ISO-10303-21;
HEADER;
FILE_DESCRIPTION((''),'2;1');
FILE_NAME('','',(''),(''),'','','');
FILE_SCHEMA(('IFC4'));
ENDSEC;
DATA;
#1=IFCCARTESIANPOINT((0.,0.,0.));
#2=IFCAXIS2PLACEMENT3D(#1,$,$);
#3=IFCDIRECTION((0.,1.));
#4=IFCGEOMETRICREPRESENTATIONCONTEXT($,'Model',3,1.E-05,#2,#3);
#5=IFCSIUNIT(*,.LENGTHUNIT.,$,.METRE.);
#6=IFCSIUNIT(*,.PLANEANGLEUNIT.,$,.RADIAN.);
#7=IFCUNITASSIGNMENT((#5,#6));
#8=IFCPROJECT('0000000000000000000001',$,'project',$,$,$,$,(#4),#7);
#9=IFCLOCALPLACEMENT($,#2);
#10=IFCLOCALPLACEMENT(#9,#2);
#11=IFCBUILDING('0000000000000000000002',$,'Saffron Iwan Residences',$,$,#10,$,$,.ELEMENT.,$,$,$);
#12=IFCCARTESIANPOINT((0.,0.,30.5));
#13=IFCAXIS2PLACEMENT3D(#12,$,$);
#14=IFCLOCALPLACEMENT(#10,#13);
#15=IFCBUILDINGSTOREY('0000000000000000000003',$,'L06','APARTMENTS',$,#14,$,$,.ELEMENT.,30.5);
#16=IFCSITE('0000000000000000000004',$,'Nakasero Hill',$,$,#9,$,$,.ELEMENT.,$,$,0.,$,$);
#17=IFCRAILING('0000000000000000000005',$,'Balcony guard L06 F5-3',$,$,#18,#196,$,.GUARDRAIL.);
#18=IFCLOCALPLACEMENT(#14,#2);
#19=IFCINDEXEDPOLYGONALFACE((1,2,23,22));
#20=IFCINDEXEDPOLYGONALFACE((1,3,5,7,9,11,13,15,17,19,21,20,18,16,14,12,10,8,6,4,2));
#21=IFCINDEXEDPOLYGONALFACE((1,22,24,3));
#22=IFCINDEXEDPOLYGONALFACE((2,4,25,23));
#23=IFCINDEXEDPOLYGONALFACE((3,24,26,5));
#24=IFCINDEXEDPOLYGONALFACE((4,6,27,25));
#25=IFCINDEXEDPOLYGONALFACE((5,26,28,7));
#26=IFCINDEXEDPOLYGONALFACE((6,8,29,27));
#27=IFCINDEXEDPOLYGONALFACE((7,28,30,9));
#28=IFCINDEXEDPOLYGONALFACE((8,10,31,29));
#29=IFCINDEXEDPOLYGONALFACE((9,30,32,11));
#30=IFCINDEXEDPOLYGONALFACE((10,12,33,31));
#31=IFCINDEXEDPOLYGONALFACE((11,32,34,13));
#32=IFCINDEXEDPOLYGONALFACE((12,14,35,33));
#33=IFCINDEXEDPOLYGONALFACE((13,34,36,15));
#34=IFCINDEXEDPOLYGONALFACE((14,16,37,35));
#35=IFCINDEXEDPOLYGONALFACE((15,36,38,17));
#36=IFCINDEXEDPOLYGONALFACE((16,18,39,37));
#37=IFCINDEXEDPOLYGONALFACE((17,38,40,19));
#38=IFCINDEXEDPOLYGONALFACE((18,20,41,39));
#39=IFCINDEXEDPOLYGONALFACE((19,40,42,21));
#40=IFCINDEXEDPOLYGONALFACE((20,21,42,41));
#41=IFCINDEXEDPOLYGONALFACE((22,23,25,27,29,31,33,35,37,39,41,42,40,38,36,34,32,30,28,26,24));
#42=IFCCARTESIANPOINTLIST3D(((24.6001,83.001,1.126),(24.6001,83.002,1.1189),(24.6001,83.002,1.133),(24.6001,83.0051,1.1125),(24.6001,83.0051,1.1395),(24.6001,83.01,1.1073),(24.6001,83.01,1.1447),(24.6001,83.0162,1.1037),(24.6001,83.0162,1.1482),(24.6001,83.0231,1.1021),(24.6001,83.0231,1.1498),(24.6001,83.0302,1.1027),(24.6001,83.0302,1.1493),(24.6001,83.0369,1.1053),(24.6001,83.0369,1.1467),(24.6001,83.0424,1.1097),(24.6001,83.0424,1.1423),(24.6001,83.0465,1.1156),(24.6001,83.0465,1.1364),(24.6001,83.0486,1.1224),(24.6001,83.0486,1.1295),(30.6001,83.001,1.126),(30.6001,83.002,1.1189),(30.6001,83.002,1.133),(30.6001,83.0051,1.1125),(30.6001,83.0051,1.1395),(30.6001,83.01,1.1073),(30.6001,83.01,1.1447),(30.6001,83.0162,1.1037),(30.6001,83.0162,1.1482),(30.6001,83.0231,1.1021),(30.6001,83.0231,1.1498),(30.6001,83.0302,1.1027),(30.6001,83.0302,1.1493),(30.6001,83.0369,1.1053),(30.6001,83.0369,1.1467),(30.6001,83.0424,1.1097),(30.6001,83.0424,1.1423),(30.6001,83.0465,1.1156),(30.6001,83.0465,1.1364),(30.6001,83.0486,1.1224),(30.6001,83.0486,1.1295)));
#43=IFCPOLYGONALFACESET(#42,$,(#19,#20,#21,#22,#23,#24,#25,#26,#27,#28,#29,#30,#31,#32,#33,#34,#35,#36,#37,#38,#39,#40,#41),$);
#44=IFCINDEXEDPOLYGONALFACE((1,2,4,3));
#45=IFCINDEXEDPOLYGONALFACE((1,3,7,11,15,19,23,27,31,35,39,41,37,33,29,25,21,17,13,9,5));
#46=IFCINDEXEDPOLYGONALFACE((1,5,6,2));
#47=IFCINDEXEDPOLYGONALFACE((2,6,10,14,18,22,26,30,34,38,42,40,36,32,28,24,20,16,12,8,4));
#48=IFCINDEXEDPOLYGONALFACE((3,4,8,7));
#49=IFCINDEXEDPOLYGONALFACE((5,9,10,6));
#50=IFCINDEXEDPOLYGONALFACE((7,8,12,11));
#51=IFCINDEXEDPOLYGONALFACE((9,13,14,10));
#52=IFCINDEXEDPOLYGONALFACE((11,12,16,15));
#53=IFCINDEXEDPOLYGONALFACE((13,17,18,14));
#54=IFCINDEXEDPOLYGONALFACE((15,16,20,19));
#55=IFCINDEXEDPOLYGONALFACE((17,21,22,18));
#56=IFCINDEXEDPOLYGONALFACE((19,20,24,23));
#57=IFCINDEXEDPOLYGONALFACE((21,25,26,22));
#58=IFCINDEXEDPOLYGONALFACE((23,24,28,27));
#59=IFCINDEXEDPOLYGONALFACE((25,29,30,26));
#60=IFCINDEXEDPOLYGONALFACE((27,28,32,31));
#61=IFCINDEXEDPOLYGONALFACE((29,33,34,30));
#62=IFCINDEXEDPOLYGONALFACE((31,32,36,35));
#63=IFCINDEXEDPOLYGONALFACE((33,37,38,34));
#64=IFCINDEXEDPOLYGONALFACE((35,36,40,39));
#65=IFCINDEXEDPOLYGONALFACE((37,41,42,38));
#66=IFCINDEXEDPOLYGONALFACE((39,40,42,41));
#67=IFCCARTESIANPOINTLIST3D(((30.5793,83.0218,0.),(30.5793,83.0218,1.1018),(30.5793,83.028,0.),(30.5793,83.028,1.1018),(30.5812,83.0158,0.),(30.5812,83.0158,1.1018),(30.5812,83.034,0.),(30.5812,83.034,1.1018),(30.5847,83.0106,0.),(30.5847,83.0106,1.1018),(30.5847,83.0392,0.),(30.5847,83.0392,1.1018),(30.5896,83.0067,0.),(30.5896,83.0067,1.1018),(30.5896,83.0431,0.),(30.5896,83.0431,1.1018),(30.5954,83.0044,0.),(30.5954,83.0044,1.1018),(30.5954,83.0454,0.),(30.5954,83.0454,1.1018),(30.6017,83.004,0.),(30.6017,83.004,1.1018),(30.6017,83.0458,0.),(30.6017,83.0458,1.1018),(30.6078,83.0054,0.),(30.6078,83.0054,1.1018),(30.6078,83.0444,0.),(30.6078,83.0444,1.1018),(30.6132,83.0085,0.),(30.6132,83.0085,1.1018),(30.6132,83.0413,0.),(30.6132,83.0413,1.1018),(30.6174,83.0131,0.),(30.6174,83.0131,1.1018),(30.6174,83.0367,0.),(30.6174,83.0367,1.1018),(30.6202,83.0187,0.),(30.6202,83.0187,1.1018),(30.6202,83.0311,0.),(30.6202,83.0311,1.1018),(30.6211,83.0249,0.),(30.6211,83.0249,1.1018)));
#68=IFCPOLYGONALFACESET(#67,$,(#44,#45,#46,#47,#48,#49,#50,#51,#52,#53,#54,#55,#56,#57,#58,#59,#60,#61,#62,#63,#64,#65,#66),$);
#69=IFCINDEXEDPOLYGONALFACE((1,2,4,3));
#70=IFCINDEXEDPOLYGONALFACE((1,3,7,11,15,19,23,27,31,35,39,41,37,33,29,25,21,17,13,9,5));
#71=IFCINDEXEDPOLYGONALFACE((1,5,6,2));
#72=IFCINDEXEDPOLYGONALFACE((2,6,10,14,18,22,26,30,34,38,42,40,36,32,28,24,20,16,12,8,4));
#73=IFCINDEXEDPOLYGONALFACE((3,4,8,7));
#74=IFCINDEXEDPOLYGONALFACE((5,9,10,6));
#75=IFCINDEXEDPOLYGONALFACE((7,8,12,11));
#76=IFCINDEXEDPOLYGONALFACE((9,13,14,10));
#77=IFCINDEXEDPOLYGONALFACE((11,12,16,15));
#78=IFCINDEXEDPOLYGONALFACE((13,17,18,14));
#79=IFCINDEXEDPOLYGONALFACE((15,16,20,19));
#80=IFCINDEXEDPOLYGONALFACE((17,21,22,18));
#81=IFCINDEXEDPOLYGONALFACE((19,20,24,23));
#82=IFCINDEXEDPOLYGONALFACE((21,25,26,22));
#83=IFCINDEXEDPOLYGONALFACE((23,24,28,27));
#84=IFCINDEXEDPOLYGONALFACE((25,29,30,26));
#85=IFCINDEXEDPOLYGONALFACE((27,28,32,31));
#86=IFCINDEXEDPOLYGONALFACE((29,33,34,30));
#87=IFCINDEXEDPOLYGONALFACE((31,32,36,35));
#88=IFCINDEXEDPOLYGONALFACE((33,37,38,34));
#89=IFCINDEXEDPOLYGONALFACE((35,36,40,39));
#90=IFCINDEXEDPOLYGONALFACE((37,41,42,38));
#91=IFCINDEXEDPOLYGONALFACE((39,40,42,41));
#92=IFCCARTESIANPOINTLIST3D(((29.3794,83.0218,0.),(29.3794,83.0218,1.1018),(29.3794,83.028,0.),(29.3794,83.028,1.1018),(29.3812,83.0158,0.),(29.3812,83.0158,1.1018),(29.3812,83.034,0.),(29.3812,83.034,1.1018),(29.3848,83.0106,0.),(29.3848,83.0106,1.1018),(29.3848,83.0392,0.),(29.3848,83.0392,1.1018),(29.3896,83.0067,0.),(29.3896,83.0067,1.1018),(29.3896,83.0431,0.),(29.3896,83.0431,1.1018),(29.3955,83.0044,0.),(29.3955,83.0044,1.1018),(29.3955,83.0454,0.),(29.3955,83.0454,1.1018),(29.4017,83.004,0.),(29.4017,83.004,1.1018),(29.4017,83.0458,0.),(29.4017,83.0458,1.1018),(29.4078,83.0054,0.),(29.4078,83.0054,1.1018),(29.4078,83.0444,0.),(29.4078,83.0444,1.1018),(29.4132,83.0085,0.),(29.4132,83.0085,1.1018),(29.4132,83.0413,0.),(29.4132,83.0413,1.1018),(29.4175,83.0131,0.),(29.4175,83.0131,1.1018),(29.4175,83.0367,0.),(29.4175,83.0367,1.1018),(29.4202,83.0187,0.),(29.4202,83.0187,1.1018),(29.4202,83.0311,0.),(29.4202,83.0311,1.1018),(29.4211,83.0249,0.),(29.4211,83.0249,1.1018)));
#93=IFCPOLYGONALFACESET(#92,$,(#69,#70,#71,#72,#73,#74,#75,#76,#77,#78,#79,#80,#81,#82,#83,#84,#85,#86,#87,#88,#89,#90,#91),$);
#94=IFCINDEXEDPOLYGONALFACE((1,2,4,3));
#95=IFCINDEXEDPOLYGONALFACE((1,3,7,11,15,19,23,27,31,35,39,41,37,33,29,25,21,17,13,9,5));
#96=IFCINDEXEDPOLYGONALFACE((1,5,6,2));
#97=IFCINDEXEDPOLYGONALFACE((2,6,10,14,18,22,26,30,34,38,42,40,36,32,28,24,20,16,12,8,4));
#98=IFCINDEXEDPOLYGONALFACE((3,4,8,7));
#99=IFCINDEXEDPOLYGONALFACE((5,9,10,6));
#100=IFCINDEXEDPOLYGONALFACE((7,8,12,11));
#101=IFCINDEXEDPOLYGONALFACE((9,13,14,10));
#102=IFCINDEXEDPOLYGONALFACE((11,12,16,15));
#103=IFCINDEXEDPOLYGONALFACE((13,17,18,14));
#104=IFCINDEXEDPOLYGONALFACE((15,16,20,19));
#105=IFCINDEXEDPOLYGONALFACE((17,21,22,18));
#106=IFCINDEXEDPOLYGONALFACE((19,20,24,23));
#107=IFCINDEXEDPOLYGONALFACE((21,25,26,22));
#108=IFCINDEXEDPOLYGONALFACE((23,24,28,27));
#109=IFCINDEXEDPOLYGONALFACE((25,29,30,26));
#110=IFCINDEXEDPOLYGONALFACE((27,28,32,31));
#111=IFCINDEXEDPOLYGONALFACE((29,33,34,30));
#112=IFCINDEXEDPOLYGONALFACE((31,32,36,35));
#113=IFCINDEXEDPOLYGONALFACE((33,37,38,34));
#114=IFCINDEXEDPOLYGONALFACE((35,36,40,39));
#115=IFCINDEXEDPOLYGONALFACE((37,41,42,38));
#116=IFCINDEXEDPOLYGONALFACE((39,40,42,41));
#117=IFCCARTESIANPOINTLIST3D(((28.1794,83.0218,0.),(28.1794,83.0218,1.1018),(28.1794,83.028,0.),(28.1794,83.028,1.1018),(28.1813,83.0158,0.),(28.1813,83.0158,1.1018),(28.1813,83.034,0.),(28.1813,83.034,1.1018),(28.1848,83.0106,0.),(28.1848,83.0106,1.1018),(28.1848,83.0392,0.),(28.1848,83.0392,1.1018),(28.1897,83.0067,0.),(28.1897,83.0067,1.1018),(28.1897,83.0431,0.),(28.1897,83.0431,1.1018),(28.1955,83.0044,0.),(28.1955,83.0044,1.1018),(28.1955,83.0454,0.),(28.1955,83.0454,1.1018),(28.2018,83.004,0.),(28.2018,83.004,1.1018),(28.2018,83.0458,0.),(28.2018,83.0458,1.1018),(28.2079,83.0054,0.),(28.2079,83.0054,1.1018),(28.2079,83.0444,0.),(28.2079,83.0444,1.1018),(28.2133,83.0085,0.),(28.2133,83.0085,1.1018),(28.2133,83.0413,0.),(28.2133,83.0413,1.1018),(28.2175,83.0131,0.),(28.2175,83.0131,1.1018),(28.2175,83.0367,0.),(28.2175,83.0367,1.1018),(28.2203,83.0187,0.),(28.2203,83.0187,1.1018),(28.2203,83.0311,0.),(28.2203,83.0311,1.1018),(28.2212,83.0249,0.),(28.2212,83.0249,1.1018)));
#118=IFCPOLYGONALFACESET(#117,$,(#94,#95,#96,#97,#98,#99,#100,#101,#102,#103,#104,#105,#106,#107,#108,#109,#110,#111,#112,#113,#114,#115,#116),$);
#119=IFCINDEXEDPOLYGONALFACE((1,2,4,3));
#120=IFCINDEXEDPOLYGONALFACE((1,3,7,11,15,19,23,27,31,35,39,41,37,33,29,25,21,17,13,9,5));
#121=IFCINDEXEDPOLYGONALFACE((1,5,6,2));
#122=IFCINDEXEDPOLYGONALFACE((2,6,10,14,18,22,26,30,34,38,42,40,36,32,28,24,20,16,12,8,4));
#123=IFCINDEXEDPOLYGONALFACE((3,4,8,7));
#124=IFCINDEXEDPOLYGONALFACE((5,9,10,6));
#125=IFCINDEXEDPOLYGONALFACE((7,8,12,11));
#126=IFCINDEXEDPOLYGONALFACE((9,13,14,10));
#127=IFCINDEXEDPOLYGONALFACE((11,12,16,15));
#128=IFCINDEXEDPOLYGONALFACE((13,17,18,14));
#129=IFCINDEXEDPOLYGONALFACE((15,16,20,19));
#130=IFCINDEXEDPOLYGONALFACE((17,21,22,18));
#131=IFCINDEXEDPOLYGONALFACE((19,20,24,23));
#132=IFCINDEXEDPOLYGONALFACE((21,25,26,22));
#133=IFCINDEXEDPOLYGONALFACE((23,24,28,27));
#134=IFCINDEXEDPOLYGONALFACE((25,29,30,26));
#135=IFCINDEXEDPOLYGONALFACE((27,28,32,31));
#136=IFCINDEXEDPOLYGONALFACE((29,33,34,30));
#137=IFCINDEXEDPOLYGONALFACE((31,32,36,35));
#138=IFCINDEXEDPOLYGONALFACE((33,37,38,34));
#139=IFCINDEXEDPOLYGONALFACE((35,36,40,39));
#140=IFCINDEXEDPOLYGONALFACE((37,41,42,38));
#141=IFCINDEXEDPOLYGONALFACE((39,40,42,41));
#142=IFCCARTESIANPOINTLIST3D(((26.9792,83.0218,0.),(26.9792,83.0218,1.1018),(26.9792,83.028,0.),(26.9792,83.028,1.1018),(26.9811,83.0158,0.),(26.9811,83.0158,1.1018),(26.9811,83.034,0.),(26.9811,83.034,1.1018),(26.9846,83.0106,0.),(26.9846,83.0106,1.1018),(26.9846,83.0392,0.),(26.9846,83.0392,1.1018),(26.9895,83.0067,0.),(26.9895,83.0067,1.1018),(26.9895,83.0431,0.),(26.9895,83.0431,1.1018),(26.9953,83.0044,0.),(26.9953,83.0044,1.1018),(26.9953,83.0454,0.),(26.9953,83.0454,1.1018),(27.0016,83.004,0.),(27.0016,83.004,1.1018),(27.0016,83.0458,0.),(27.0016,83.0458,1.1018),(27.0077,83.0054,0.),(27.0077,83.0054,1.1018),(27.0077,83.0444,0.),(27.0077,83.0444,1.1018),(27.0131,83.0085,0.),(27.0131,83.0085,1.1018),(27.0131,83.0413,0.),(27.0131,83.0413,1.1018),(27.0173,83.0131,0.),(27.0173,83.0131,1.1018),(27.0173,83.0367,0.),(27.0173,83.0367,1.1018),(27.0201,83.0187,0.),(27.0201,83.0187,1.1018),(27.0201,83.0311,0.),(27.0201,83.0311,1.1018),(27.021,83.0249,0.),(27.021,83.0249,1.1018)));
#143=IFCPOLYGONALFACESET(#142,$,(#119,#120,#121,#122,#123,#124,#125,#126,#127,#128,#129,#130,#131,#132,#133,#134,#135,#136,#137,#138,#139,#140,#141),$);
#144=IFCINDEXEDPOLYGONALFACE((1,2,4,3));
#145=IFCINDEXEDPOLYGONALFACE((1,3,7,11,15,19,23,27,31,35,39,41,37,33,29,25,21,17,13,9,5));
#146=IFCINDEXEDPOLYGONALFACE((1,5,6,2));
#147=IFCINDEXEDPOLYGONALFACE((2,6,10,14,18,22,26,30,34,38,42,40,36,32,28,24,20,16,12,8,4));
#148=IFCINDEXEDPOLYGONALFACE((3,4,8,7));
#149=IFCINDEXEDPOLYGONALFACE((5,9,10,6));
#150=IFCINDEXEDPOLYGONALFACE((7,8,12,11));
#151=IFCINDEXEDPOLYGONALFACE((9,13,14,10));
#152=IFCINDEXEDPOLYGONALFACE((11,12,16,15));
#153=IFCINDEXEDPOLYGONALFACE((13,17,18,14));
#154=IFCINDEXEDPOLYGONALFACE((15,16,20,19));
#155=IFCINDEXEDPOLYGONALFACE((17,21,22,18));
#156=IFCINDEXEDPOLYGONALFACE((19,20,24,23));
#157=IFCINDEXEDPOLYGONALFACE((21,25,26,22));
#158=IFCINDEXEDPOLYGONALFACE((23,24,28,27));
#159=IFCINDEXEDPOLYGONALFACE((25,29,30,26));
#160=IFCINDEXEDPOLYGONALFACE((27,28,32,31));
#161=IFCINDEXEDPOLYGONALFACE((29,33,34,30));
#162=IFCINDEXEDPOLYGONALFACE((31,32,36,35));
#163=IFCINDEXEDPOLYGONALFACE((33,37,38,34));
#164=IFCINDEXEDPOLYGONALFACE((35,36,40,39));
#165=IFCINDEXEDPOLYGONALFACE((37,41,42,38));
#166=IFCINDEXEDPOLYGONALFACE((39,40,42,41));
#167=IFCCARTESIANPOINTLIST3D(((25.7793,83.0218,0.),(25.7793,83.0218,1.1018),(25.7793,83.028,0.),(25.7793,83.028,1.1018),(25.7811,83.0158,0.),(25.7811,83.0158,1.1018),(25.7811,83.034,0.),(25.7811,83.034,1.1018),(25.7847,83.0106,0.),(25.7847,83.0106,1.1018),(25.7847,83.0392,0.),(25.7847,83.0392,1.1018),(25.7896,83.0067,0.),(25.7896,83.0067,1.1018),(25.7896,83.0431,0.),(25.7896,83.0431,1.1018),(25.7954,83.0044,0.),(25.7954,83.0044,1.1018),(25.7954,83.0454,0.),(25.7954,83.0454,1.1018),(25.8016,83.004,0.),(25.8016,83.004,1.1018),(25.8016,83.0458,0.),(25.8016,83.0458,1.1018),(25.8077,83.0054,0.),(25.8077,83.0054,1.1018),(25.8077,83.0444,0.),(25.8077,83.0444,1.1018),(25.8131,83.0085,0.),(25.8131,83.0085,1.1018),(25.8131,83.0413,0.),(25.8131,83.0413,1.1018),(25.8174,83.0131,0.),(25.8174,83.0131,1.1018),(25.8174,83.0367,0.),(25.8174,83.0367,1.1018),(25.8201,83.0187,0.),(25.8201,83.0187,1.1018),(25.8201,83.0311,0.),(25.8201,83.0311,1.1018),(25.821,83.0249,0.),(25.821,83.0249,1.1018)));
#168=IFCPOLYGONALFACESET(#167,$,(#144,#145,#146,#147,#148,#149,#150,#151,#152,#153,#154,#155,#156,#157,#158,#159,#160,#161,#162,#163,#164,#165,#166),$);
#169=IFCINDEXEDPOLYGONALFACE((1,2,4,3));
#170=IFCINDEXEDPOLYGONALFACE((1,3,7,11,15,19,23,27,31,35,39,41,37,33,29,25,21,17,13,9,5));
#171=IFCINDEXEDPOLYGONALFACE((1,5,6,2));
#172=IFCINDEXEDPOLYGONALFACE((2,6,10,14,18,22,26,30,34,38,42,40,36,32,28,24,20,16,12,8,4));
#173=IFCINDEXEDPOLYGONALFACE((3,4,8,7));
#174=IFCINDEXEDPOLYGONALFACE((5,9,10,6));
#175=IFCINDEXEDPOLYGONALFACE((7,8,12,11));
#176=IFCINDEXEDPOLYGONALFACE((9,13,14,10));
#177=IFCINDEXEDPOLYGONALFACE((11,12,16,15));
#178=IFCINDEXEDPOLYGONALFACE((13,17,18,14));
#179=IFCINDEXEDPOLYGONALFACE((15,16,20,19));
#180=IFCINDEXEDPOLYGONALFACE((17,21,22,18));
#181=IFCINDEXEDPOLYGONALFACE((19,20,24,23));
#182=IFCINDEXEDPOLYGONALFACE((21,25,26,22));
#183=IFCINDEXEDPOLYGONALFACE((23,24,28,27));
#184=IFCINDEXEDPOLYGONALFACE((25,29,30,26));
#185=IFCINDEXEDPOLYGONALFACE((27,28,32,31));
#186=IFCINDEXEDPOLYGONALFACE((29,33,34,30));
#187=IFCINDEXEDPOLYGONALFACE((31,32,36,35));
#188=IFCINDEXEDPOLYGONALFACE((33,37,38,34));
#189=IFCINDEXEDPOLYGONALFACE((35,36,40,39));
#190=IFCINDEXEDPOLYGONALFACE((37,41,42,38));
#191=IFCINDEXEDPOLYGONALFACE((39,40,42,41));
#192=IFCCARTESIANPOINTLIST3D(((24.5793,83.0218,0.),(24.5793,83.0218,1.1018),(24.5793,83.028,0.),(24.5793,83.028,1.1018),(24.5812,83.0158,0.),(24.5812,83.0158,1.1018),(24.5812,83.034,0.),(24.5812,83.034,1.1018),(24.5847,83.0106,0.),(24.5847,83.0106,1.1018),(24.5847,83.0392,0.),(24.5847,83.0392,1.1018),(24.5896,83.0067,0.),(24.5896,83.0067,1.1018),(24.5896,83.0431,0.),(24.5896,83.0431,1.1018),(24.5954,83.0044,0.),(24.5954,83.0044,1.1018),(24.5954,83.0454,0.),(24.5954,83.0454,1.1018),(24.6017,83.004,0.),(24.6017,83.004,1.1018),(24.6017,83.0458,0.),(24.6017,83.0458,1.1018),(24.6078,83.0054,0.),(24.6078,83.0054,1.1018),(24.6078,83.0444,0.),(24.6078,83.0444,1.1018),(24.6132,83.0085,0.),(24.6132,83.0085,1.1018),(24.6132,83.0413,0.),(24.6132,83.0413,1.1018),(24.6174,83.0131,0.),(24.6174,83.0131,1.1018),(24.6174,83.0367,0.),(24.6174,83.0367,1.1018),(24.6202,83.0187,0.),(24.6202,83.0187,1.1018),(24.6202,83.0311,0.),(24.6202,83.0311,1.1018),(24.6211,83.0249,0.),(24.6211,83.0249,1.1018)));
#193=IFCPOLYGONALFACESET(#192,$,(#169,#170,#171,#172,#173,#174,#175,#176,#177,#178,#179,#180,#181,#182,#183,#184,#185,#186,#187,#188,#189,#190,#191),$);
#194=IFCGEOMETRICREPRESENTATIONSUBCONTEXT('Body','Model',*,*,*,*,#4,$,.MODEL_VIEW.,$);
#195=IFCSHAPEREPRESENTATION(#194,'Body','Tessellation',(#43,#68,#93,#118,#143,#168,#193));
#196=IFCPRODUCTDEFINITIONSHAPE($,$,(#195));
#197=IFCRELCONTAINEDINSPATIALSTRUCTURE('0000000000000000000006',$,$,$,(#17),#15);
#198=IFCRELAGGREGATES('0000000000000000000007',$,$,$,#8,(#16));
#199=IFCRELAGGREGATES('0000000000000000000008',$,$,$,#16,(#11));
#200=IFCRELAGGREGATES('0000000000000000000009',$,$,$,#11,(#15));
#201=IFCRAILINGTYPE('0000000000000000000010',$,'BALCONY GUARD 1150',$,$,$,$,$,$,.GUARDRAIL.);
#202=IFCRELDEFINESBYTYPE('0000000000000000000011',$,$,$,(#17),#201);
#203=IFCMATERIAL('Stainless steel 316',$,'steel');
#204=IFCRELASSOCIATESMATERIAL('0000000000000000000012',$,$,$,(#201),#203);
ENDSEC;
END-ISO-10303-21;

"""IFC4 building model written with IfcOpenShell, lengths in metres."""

from ifc_helpers import new_model, si_unit, direction, frame, origin, origin_2d, place, context, subcontext, project, spatial, circle, extrude, material, type_object, element, save


model = new_model("IFC4")

# Units and contexts
model_context = context("Model", 3, precision=1e-05, world=origin(), true_north=direction((0.0, 1.0)))
body_context = subcontext(model_context, "Body", "Model", "MODEL_VIEW")
ifc_project = project(units=[si_unit("LENGTHUNIT", "METRE"), si_unit("PLANEANGLEUNIT", "RADIAN")], contexts=[model_context])

# Site, building, storey
site_placement = place(None, origin())
site = spatial("IfcSite", under=ifc_project, at=site_placement, Name="Nakasero Hill", CompositionType="ELEMENT", RefElevation=0.0)
building_placement = place(site_placement, origin())
building = spatial("IfcBuilding", under=site, at=building_placement, Name="Saffron Iwan Residences", CompositionType="ELEMENT")
storey_placement = place(building_placement, frame((0.0, 0.0, 30.5)))
storey = spatial("IfcBuildingStorey", under=building, at=storey_placement, Name="L06", Description="APARTMENTS", CompositionType="ELEMENT", Elevation=30.5)

# Railing
ifc_material_1 = material(Name="Stainless steel 316", Category="steel")
railing_type = type_object("IfcRailingType", Name="BALCONY GUARD 1150", PredefinedType="GUARDRAIL", material=ifc_material_1)
railing_placement = place(storey_placement, frame((30.6001, 83.0249, 0.0)))
element("IfcRailing", 1, at=railing_placement, inside=storey, type_object=railing_type, Name="Balcony guard L06 F5-3", PredefinedType="GUARDRAIL", context=body_context, shape_type="SweptSolid", body=[
    extrude(circle(Radius=0.0239, at=origin_2d()), frame((0.0, 0.0, 1.126), z_axis=(-1.0, 0.0, 0.0), x_axis=(0.0, -1.0, 0.0)), (0.0, 0.0, 1.0), 6.0),
    extrude(circle(Radius=0.021, at=origin_2d()), origin(), (0.0, 0.0, 1.0), 1.1018),
    extrude(circle(Radius=0.021, at=origin_2d()), frame((-1.2, 0.0, 0.0)), (0.0, 0.0, 1.0), 1.1018),
    extrude(circle(Radius=0.021, at=origin_2d()), frame((-2.3999, 0.0, 0.0)), (0.0, 0.0, 1.0), 1.1018),
    extrude(circle(Radius=0.021, at=origin_2d()), frame((-3.6001, 0.0, 0.0)), (0.0, 0.0, 1.0), 1.1018),
    extrude(circle(Radius=0.021, at=origin_2d()), frame((-4.8, 0.0, 0.0)), (0.0, 0.0, 1.0), 1.1018),
    extrude(circle(Radius=0.021, at=origin_2d()), frame((-6.0, 0.0, 0.0)), (0.0, 0.0, 1.0), 1.1018),
])

save(model, "model.ifc")
